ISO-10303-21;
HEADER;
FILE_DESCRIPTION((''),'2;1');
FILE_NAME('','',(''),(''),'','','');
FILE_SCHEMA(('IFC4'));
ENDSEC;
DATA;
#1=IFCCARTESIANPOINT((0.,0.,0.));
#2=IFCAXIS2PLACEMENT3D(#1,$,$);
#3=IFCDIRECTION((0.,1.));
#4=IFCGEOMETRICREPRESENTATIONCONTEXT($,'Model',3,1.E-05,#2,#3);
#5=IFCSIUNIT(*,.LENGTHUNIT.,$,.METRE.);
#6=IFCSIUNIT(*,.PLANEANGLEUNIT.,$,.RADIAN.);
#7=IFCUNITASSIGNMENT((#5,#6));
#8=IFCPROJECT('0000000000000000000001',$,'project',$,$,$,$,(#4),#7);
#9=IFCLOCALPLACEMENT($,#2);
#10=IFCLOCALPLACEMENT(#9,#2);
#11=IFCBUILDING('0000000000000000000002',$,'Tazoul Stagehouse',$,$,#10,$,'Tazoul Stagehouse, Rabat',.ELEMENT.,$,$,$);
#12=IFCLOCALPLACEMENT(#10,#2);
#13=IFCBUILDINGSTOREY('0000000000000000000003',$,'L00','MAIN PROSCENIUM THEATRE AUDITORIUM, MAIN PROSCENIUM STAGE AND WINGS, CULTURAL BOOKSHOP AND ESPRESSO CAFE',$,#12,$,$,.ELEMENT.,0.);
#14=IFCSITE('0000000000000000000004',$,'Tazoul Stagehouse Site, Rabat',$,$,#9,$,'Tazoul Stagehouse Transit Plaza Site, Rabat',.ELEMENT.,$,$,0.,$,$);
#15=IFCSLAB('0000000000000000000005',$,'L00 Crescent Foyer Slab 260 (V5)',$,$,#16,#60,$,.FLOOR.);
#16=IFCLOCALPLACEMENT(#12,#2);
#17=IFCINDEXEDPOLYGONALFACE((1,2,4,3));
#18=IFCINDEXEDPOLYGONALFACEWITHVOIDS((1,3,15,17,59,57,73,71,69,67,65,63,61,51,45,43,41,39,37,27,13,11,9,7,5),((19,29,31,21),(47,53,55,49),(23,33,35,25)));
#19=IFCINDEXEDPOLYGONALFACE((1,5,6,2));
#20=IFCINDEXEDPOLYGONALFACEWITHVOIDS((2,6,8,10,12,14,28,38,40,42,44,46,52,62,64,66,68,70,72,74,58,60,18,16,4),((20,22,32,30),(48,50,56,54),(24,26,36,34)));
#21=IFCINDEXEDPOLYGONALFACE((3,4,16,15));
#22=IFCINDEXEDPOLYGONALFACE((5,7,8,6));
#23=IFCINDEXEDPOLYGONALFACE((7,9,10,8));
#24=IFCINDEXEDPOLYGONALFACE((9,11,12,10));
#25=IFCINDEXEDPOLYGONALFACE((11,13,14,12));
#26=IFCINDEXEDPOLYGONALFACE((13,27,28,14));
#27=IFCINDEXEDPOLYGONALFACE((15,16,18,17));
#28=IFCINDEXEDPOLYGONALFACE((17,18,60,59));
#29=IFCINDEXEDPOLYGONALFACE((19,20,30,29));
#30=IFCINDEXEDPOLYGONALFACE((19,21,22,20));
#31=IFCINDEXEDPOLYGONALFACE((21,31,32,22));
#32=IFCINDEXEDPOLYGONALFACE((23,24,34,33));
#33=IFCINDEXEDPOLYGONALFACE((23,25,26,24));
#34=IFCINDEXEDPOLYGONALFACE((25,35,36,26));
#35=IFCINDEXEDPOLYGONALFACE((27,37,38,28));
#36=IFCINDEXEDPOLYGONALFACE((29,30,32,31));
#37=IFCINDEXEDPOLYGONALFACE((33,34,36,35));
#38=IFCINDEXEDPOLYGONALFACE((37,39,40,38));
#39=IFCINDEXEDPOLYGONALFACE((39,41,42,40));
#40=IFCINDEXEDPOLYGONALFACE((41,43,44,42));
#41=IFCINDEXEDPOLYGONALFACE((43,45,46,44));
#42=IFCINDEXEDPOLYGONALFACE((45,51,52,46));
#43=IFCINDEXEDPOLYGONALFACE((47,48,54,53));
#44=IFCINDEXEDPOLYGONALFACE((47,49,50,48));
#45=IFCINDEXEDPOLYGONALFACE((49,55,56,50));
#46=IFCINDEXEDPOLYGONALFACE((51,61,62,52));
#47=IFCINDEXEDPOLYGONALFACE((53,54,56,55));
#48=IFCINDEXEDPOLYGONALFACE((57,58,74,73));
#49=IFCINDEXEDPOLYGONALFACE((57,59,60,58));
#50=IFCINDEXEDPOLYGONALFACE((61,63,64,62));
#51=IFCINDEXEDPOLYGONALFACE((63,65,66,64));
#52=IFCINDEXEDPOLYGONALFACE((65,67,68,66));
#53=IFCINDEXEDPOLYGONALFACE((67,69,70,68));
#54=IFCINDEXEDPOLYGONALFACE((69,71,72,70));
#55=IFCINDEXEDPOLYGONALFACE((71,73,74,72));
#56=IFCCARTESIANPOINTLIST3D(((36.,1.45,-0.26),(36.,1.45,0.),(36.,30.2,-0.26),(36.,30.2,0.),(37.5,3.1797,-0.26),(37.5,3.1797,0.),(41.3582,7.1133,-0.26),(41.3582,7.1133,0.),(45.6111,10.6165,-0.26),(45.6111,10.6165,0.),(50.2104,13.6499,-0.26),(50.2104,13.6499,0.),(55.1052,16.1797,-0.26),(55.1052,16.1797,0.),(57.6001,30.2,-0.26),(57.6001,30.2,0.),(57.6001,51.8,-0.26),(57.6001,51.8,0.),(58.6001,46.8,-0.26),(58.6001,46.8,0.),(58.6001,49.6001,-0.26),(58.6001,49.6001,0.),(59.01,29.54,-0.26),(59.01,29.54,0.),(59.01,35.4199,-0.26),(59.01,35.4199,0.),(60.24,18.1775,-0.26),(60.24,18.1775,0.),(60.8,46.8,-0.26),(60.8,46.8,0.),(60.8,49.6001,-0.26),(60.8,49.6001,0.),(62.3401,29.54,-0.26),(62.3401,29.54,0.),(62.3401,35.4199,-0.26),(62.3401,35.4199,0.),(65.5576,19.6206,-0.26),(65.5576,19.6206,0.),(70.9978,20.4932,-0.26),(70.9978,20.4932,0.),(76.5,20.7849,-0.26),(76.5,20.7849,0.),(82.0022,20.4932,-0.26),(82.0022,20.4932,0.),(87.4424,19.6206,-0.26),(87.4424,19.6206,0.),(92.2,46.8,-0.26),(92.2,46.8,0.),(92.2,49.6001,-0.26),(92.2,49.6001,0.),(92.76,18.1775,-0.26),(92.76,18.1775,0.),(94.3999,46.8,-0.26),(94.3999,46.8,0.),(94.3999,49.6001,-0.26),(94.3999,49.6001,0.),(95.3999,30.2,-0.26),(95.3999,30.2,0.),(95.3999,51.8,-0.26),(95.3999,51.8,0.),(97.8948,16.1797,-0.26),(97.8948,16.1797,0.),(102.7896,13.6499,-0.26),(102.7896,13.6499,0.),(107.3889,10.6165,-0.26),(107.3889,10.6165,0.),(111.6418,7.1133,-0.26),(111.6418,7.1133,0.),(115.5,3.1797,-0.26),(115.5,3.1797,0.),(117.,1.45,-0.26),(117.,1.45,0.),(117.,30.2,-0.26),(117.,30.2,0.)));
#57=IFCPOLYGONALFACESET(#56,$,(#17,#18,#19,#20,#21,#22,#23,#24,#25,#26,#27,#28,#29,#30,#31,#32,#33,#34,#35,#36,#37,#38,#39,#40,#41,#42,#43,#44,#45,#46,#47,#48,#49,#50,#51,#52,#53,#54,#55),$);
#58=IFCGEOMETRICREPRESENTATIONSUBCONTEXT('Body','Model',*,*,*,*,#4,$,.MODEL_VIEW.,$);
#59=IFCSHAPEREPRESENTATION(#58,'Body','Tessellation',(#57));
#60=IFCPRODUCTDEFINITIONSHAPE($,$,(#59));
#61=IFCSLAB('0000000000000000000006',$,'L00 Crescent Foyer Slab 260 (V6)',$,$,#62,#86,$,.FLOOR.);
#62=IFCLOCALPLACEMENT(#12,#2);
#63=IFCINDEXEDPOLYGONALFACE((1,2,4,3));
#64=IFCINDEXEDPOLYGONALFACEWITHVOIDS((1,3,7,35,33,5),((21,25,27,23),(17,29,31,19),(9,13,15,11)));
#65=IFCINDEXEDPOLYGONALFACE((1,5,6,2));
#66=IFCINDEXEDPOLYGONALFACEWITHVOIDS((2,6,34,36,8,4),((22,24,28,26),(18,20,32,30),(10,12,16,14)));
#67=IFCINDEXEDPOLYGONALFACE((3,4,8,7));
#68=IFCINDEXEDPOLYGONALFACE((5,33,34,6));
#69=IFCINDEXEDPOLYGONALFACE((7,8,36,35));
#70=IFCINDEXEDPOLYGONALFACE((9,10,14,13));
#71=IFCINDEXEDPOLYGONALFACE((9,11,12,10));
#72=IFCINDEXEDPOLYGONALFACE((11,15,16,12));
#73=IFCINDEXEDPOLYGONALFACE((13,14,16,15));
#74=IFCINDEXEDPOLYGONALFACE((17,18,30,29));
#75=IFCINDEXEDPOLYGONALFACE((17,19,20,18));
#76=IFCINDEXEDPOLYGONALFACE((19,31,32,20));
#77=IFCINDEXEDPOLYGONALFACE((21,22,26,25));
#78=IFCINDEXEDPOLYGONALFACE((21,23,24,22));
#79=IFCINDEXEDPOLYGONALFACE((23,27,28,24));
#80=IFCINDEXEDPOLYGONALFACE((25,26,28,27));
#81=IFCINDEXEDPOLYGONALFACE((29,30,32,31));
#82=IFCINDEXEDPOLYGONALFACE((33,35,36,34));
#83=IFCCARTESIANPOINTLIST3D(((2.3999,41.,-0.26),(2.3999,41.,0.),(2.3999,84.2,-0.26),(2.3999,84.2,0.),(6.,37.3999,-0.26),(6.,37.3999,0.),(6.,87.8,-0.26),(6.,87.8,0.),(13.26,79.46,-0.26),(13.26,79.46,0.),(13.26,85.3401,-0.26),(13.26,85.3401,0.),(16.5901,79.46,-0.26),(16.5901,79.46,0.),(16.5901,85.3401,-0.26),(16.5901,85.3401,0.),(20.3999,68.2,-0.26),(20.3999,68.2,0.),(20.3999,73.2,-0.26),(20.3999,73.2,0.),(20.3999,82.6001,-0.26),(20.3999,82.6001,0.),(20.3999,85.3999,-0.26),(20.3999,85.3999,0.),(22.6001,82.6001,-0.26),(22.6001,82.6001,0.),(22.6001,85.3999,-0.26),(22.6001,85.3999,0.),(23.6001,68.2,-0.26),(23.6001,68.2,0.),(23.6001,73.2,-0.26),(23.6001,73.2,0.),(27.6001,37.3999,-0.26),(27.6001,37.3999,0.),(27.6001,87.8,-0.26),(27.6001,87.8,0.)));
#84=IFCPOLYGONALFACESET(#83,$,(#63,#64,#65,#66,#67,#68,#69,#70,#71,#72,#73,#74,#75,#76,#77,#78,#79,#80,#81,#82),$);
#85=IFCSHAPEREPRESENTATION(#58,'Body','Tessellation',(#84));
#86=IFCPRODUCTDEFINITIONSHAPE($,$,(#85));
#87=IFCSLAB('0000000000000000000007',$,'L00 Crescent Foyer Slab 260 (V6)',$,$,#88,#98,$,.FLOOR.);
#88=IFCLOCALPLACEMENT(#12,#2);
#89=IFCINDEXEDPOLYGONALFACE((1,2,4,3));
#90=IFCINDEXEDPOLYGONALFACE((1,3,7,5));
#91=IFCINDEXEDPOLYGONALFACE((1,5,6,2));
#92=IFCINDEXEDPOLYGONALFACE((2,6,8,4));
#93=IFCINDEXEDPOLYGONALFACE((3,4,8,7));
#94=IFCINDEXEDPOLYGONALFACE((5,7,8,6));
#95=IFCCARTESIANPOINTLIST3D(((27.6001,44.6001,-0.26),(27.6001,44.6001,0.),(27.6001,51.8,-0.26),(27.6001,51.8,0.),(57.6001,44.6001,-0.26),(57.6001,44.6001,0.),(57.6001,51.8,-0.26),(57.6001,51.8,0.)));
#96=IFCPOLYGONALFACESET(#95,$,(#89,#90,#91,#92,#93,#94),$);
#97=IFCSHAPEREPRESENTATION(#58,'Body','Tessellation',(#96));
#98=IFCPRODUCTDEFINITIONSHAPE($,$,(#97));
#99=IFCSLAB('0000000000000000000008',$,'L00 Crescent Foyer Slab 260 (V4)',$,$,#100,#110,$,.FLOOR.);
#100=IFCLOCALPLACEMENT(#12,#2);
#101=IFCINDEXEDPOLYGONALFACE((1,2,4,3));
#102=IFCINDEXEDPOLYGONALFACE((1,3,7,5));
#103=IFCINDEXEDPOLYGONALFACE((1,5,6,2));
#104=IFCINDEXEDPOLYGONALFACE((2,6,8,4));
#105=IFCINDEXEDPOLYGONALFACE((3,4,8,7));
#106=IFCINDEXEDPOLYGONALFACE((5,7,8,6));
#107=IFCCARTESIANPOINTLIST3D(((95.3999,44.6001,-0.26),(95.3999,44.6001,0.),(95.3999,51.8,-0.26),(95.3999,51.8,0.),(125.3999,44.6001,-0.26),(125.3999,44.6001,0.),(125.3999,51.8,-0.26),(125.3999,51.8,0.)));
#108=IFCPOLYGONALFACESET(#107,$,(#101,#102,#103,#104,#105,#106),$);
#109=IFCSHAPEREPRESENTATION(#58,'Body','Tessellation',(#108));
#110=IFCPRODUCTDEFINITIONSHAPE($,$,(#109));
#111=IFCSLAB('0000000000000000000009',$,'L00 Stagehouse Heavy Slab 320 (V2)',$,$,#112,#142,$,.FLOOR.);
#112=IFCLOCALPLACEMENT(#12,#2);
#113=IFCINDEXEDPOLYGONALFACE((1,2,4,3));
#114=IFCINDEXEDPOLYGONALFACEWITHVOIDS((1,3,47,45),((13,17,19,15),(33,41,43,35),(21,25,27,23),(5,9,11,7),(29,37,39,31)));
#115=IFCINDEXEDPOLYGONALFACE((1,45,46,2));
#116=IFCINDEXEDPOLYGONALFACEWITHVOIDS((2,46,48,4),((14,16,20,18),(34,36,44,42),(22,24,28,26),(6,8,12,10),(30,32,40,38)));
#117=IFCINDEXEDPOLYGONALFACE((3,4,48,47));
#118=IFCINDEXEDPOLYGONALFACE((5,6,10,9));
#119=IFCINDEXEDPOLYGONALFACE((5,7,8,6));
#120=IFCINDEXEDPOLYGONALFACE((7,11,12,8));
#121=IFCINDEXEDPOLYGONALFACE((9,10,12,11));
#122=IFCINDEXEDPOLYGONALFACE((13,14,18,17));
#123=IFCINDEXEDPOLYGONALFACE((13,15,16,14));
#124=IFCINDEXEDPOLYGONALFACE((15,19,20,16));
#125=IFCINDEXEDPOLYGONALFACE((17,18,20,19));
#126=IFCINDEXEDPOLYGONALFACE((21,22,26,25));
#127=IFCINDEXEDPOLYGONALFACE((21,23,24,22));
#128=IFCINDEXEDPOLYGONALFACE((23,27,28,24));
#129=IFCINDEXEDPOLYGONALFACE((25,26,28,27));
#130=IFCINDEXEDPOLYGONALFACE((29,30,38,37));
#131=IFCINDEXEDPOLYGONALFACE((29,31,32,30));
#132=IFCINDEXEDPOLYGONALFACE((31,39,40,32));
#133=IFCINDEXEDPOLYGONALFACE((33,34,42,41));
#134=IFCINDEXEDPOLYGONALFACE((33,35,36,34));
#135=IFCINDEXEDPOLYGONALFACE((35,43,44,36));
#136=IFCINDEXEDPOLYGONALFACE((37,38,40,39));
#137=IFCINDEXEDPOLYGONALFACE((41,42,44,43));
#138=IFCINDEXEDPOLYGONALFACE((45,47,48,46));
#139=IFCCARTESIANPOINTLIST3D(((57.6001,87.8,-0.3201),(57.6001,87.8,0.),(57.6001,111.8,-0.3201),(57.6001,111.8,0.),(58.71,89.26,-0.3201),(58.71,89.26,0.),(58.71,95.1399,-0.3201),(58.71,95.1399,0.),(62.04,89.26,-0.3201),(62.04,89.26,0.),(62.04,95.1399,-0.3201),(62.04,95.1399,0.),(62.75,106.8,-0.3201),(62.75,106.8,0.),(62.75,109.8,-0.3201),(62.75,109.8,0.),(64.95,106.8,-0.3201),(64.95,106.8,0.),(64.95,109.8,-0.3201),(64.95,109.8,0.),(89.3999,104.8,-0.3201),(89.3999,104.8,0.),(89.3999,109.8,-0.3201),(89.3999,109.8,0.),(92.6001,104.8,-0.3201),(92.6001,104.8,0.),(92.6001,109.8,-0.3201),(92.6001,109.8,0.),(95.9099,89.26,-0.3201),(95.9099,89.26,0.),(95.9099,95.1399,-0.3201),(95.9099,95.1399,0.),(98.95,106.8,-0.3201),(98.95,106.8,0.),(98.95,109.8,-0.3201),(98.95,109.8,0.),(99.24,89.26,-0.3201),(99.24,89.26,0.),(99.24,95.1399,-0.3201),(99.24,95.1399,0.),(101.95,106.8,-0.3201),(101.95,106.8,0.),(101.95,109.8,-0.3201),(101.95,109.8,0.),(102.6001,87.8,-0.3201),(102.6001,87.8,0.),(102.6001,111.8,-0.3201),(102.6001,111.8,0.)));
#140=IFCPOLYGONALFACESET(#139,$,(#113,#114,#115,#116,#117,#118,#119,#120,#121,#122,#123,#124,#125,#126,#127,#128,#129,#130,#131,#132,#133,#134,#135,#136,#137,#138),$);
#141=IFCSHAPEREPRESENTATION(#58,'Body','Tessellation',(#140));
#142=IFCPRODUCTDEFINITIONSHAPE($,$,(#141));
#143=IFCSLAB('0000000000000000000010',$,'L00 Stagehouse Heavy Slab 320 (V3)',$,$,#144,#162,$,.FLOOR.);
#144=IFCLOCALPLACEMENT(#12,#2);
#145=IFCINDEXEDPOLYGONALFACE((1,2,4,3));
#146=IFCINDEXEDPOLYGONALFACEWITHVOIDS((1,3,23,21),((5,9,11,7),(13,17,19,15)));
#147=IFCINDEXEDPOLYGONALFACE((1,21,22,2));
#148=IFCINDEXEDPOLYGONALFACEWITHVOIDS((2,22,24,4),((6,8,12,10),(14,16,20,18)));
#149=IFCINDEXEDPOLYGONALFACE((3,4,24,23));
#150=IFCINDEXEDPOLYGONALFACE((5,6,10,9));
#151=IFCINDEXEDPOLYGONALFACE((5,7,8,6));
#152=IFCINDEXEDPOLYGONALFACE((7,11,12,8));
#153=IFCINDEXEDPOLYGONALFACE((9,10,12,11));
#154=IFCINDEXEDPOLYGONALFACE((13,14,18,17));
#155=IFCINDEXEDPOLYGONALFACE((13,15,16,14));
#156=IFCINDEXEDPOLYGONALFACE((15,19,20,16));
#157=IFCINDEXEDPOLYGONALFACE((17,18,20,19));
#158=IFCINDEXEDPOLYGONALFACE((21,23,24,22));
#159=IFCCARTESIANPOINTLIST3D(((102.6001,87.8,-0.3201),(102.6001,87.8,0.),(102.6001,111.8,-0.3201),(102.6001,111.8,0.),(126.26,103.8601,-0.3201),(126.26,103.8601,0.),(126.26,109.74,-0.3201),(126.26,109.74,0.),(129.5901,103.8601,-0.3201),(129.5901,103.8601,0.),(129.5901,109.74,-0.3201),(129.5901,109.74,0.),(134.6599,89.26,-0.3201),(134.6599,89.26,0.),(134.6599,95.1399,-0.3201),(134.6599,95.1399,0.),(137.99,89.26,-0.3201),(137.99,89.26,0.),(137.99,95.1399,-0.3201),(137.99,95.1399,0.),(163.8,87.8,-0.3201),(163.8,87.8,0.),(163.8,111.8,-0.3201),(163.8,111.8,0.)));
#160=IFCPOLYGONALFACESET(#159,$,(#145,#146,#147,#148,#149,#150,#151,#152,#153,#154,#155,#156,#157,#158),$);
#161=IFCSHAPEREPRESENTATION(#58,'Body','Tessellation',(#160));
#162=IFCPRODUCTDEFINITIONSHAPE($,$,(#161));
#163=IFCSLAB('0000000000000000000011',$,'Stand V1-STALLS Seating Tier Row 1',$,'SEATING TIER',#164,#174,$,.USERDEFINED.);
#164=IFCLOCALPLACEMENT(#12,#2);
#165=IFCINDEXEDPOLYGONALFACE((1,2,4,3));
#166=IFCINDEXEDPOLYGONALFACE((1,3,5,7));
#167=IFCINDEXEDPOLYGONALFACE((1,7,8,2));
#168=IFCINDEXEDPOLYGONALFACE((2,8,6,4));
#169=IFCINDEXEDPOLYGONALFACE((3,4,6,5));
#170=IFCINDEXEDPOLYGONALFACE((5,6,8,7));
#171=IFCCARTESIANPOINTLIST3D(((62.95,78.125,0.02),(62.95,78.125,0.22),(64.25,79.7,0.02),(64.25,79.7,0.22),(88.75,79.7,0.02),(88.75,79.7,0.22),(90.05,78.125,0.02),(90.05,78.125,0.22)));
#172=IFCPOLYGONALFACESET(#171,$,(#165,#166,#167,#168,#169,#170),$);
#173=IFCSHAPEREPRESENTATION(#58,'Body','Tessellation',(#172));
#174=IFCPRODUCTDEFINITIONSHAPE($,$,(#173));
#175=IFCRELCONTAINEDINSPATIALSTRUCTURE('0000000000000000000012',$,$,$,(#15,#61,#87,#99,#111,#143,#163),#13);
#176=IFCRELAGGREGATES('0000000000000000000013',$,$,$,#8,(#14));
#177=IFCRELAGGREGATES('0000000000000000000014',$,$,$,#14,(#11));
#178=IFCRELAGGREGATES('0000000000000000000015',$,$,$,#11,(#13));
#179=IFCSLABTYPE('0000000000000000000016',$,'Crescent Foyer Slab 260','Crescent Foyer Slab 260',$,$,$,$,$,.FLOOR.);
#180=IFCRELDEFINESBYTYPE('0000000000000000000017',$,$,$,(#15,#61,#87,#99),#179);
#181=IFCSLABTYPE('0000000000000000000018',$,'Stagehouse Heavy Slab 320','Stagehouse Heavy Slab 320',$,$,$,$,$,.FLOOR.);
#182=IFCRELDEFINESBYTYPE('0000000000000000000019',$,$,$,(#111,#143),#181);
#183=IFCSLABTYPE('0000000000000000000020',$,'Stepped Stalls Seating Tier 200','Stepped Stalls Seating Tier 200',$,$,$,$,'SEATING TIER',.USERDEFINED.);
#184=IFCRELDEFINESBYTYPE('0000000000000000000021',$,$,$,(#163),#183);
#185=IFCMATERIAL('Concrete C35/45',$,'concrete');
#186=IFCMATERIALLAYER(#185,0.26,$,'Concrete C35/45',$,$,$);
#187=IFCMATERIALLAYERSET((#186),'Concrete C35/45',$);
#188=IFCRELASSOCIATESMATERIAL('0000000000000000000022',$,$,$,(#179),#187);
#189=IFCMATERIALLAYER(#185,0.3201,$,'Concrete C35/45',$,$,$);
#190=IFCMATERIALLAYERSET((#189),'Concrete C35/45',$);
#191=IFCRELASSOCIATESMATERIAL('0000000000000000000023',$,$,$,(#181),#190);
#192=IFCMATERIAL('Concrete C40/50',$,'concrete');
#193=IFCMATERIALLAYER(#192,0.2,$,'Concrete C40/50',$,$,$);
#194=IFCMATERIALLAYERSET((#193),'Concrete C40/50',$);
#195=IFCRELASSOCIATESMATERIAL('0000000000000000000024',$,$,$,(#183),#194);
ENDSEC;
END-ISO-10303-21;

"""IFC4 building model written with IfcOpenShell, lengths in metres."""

from ifc_helpers import new_model, si_unit, direction, frame, origin, place, context, subcontext, project, spatial, polyline, outline, extrude, material, layer, layer_set, type_object, element, save


model = new_model("IFC4")

# Units and contexts
model_context = context("Model", 3, precision=1e-05, world=origin(), true_north=direction((0.0, 1.0)))
body_context = subcontext(model_context, "Body", "Model", "MODEL_VIEW")
ifc_project = project(units=[si_unit("LENGTHUNIT", "METRE"), si_unit("PLANEANGLEUNIT", "RADIAN")], contexts=[model_context])

# Site, building, storey
site_placement = place(None, origin())
site = spatial("IfcSite", under=ifc_project, at=site_placement, Name="Tazoul Stagehouse Site, Rabat", LongName="Tazoul Stagehouse Transit Plaza Site, Rabat", CompositionType="ELEMENT", RefElevation=0.0)
building_placement = place(site_placement, origin())
building = spatial("IfcBuilding", under=site, at=building_placement, Name="Tazoul Stagehouse", LongName="Tazoul Stagehouse, Rabat", CompositionType="ELEMENT")
storey_placement = place(building_placement, origin())
storey = spatial("IfcBuildingStorey", under=building, at=storey_placement, Name="L00", Description="MAIN PROSCENIUM THEATRE AUDITORIUM, MAIN PROSCENIUM STAGE AND WINGS, CULTURAL BOOKSHOP AND ESPRESSO CAFE", CompositionType="ELEMENT", Elevation=0.0)

# Shared definitions
ifc_material_1 = material(Name="Concrete C35/45", Category="concrete")

# Shared definitions
ifc_material_2 = material(Name="Concrete C40/50", Category="concrete")

# Slabs
ifc_layer_1 = layer(ifc_material_1, 0.26, Name="Concrete C35/45")
ifc_layer_set_1 = layer_set([ifc_layer_1], Name="Concrete C35/45")
slab_type_1 = type_object("IfcSlabType", Name="Crescent Foyer Slab 260", Description="Crescent Foyer Slab 260", PredefinedType="FLOOR", material=ifc_layer_set_1)
slab_1_placement = place(storey_placement, frame((0.0, 0.0, -0.26)))
element("IfcSlab", 1, at=slab_1_placement, inside=storey, type_object=slab_type_1, Name="L00 Crescent Foyer Slab 260 (V5)", PredefinedType="FLOOR", context=body_context, shape_type="SweptSolid", body=[
    extrude(outline(polyline([(36.0, 1.45), (36.0, 30.2), (57.6001, 30.2), (57.6001, 51.8), (95.3999, 51.8), (95.3999, 30.2), (117.0, 30.2), (117.0, 1.45), (115.5, 3.1797), (111.6418, 7.1133), (107.3889, 10.6165), (102.7896, 13.6499), (97.8948, 16.1797), (92.76, 18.1775), (87.4424, 19.6206), (82.0022, 20.4932), (76.5, 20.7849), (70.9978, 20.4932), (65.5576, 19.6206), (60.24, 18.1775), (55.1052, 16.1797), (50.2104, 13.6499), (45.6111, 10.6165), (41.3582, 7.1133), (37.5, 3.1797), (36.0, 1.45)]), holes=[polyline([(59.01, 29.54), (59.01, 35.4199), (62.3401, 35.4199), (62.3401, 29.54), (59.01, 29.54)]), polyline([(58.6001, 46.8), (58.6001, 49.6001), (60.8, 49.6001), (60.8, 46.8), (58.6001, 46.8)]), polyline([(92.2, 46.8), (92.2, 49.6001), (94.3999, 49.6001), (94.3999, 46.8), (92.2, 46.8)])]), origin(), (0.0, 0.0, 1.0), 0.26),
])
slab_2_placement = place(storey_placement, frame((0.0, 0.0, -0.26)))
element("IfcSlab", 2, at=slab_2_placement, inside=storey, type_object=slab_type_1, Name="L00 Crescent Foyer Slab 260 (V6)", PredefinedType="FLOOR", context=body_context, shape_type="SweptSolid", body=[
    extrude(outline(polyline([(6.0, 37.3999), (2.3999, 41.0), (2.3999, 84.2), (6.0, 87.8), (27.6001, 87.8), (27.6001, 37.3999), (6.0, 37.3999)]), holes=[polyline([(20.3999, 68.2), (20.3999, 73.2), (23.6001, 73.2), (23.6001, 68.2), (20.3999, 68.2)]), polyline([(13.26, 79.46), (13.26, 85.3401), (16.5901, 85.3401), (16.5901, 79.46), (13.26, 79.46)]), polyline([(20.3999, 82.6001), (20.3999, 85.3999), (22.6001, 85.3999), (22.6001, 82.6001), (20.3999, 82.6001)])]), origin(), (0.0, 0.0, 1.0), 0.26),
])
slab_3_placement = place(storey_placement, frame((0.0, 0.0, -0.26)))
element("IfcSlab", 3, at=slab_3_placement, inside=storey, type_object=slab_type_1, Name="L00 Crescent Foyer Slab 260 (V6)", PredefinedType="FLOOR", context=body_context, shape_type="SweptSolid", body=[
    extrude(outline(polyline([(27.6001, 44.6001), (27.6001, 51.8), (57.6001, 51.8), (57.6001, 44.6001), (27.6001, 44.6001)])), origin(), (0.0, 0.0, 1.0), 0.26),
])
slab_4_placement = place(storey_placement, frame((0.0, 0.0, -0.26)))
element("IfcSlab", 4, at=slab_4_placement, inside=storey, type_object=slab_type_1, Name="L00 Crescent Foyer Slab 260 (V4)", PredefinedType="FLOOR", context=body_context, shape_type="SweptSolid", body=[
    extrude(outline(polyline([(95.3999, 44.6001), (95.3999, 51.8), (125.3999, 51.8), (125.3999, 44.6001), (95.3999, 44.6001)])), origin(), (0.0, 0.0, 1.0), 0.26),
])
ifc_layer_2 = layer(ifc_material_1, 0.3201, Name="Concrete C35/45")
ifc_layer_set_2 = layer_set([ifc_layer_2], Name="Concrete C35/45")
slab_type_2 = type_object("IfcSlabType", Name="Stagehouse Heavy Slab 320", Description="Stagehouse Heavy Slab 320", PredefinedType="FLOOR", material=ifc_layer_set_2)
slab_5_placement = place(storey_placement, frame((0.0, 0.0, -0.3201)))
element("IfcSlab", 5, at=slab_5_placement, inside=storey, type_object=slab_type_2, Name="L00 Stagehouse Heavy Slab 320 (V2)", PredefinedType="FLOOR", context=body_context, shape_type="SweptSolid", body=[
    extrude(outline(polyline([(57.6001, 87.8), (57.6001, 111.8), (102.6001, 111.8), (102.6001, 87.8), (57.6001, 87.8)]), holes=[polyline([(62.04, 95.1399), (62.04, 89.26), (58.71, 89.26), (58.71, 95.1399), (62.04, 95.1399)]), polyline([(62.75, 106.8), (62.75, 109.8), (64.95, 109.8), (64.95, 106.8), (62.75, 106.8)]), polyline([(99.24, 95.1399), (99.24, 89.26), (95.9099, 89.26), (95.9099, 95.1399), (99.24, 95.1399)]), polyline([(89.3999, 109.8), (92.6001, 109.8), (92.6001, 104.8), (89.3999, 104.8), (89.3999, 109.8)]), polyline([(98.95, 109.8), (101.95, 109.8), (101.95, 106.8), (98.95, 106.8), (98.95, 109.8)])]), origin(), (0.0, 0.0, 1.0), 0.3201),
])
slab_6_placement = place(storey_placement, frame((0.0, 0.0, -0.3201)))
element("IfcSlab", 6, at=slab_6_placement, inside=storey, type_object=slab_type_2, Name="L00 Stagehouse Heavy Slab 320 (V3)", PredefinedType="FLOOR", context=body_context, shape_type="SweptSolid", body=[
    extrude(outline(polyline([(102.6001, 87.8), (102.6001, 111.8), (163.8, 111.8), (163.8, 87.8), (102.6001, 87.8)]), holes=[polyline([(137.99, 95.1399), (137.99, 89.26), (134.6599, 89.26), (134.6599, 95.1399), (137.99, 95.1399)]), polyline([(126.26, 103.8601), (126.26, 109.74), (129.5901, 109.74), (129.5901, 103.8601), (126.26, 103.8601)])]), origin(), (0.0, 0.0, 1.0), 0.3201),
])
ifc_layer_3 = layer(ifc_material_2, 0.2, Name="Concrete C40/50")
ifc_layer_set_3 = layer_set([ifc_layer_3], Name="Concrete C40/50")
slab_type_3 = type_object("IfcSlabType", Name="Stepped Stalls Seating Tier 200", Description="Stepped Stalls Seating Tier 200", ElementType="SEATING TIER", PredefinedType="USERDEFINED", material=ifc_layer_set_3)
slab_7_placement = place(storey_placement, frame((0.0, 0.0, 0.02)))
element("IfcSlab", 7, at=slab_7_placement, inside=storey, type_object=slab_type_3, Name="Stand V1-STALLS Seating Tier Row 1", ObjectType="SEATING TIER", PredefinedType="USERDEFINED", context=body_context, shape_type="SweptSolid", body=[
    extrude(outline(polyline([(62.95, 78.125), (90.05, 78.125), (88.75, 79.7), (64.25, 79.7), (62.95, 78.125)])), origin(), (0.0, 0.0, 1.0), 0.2),
])

save(model, "model.ifc")
